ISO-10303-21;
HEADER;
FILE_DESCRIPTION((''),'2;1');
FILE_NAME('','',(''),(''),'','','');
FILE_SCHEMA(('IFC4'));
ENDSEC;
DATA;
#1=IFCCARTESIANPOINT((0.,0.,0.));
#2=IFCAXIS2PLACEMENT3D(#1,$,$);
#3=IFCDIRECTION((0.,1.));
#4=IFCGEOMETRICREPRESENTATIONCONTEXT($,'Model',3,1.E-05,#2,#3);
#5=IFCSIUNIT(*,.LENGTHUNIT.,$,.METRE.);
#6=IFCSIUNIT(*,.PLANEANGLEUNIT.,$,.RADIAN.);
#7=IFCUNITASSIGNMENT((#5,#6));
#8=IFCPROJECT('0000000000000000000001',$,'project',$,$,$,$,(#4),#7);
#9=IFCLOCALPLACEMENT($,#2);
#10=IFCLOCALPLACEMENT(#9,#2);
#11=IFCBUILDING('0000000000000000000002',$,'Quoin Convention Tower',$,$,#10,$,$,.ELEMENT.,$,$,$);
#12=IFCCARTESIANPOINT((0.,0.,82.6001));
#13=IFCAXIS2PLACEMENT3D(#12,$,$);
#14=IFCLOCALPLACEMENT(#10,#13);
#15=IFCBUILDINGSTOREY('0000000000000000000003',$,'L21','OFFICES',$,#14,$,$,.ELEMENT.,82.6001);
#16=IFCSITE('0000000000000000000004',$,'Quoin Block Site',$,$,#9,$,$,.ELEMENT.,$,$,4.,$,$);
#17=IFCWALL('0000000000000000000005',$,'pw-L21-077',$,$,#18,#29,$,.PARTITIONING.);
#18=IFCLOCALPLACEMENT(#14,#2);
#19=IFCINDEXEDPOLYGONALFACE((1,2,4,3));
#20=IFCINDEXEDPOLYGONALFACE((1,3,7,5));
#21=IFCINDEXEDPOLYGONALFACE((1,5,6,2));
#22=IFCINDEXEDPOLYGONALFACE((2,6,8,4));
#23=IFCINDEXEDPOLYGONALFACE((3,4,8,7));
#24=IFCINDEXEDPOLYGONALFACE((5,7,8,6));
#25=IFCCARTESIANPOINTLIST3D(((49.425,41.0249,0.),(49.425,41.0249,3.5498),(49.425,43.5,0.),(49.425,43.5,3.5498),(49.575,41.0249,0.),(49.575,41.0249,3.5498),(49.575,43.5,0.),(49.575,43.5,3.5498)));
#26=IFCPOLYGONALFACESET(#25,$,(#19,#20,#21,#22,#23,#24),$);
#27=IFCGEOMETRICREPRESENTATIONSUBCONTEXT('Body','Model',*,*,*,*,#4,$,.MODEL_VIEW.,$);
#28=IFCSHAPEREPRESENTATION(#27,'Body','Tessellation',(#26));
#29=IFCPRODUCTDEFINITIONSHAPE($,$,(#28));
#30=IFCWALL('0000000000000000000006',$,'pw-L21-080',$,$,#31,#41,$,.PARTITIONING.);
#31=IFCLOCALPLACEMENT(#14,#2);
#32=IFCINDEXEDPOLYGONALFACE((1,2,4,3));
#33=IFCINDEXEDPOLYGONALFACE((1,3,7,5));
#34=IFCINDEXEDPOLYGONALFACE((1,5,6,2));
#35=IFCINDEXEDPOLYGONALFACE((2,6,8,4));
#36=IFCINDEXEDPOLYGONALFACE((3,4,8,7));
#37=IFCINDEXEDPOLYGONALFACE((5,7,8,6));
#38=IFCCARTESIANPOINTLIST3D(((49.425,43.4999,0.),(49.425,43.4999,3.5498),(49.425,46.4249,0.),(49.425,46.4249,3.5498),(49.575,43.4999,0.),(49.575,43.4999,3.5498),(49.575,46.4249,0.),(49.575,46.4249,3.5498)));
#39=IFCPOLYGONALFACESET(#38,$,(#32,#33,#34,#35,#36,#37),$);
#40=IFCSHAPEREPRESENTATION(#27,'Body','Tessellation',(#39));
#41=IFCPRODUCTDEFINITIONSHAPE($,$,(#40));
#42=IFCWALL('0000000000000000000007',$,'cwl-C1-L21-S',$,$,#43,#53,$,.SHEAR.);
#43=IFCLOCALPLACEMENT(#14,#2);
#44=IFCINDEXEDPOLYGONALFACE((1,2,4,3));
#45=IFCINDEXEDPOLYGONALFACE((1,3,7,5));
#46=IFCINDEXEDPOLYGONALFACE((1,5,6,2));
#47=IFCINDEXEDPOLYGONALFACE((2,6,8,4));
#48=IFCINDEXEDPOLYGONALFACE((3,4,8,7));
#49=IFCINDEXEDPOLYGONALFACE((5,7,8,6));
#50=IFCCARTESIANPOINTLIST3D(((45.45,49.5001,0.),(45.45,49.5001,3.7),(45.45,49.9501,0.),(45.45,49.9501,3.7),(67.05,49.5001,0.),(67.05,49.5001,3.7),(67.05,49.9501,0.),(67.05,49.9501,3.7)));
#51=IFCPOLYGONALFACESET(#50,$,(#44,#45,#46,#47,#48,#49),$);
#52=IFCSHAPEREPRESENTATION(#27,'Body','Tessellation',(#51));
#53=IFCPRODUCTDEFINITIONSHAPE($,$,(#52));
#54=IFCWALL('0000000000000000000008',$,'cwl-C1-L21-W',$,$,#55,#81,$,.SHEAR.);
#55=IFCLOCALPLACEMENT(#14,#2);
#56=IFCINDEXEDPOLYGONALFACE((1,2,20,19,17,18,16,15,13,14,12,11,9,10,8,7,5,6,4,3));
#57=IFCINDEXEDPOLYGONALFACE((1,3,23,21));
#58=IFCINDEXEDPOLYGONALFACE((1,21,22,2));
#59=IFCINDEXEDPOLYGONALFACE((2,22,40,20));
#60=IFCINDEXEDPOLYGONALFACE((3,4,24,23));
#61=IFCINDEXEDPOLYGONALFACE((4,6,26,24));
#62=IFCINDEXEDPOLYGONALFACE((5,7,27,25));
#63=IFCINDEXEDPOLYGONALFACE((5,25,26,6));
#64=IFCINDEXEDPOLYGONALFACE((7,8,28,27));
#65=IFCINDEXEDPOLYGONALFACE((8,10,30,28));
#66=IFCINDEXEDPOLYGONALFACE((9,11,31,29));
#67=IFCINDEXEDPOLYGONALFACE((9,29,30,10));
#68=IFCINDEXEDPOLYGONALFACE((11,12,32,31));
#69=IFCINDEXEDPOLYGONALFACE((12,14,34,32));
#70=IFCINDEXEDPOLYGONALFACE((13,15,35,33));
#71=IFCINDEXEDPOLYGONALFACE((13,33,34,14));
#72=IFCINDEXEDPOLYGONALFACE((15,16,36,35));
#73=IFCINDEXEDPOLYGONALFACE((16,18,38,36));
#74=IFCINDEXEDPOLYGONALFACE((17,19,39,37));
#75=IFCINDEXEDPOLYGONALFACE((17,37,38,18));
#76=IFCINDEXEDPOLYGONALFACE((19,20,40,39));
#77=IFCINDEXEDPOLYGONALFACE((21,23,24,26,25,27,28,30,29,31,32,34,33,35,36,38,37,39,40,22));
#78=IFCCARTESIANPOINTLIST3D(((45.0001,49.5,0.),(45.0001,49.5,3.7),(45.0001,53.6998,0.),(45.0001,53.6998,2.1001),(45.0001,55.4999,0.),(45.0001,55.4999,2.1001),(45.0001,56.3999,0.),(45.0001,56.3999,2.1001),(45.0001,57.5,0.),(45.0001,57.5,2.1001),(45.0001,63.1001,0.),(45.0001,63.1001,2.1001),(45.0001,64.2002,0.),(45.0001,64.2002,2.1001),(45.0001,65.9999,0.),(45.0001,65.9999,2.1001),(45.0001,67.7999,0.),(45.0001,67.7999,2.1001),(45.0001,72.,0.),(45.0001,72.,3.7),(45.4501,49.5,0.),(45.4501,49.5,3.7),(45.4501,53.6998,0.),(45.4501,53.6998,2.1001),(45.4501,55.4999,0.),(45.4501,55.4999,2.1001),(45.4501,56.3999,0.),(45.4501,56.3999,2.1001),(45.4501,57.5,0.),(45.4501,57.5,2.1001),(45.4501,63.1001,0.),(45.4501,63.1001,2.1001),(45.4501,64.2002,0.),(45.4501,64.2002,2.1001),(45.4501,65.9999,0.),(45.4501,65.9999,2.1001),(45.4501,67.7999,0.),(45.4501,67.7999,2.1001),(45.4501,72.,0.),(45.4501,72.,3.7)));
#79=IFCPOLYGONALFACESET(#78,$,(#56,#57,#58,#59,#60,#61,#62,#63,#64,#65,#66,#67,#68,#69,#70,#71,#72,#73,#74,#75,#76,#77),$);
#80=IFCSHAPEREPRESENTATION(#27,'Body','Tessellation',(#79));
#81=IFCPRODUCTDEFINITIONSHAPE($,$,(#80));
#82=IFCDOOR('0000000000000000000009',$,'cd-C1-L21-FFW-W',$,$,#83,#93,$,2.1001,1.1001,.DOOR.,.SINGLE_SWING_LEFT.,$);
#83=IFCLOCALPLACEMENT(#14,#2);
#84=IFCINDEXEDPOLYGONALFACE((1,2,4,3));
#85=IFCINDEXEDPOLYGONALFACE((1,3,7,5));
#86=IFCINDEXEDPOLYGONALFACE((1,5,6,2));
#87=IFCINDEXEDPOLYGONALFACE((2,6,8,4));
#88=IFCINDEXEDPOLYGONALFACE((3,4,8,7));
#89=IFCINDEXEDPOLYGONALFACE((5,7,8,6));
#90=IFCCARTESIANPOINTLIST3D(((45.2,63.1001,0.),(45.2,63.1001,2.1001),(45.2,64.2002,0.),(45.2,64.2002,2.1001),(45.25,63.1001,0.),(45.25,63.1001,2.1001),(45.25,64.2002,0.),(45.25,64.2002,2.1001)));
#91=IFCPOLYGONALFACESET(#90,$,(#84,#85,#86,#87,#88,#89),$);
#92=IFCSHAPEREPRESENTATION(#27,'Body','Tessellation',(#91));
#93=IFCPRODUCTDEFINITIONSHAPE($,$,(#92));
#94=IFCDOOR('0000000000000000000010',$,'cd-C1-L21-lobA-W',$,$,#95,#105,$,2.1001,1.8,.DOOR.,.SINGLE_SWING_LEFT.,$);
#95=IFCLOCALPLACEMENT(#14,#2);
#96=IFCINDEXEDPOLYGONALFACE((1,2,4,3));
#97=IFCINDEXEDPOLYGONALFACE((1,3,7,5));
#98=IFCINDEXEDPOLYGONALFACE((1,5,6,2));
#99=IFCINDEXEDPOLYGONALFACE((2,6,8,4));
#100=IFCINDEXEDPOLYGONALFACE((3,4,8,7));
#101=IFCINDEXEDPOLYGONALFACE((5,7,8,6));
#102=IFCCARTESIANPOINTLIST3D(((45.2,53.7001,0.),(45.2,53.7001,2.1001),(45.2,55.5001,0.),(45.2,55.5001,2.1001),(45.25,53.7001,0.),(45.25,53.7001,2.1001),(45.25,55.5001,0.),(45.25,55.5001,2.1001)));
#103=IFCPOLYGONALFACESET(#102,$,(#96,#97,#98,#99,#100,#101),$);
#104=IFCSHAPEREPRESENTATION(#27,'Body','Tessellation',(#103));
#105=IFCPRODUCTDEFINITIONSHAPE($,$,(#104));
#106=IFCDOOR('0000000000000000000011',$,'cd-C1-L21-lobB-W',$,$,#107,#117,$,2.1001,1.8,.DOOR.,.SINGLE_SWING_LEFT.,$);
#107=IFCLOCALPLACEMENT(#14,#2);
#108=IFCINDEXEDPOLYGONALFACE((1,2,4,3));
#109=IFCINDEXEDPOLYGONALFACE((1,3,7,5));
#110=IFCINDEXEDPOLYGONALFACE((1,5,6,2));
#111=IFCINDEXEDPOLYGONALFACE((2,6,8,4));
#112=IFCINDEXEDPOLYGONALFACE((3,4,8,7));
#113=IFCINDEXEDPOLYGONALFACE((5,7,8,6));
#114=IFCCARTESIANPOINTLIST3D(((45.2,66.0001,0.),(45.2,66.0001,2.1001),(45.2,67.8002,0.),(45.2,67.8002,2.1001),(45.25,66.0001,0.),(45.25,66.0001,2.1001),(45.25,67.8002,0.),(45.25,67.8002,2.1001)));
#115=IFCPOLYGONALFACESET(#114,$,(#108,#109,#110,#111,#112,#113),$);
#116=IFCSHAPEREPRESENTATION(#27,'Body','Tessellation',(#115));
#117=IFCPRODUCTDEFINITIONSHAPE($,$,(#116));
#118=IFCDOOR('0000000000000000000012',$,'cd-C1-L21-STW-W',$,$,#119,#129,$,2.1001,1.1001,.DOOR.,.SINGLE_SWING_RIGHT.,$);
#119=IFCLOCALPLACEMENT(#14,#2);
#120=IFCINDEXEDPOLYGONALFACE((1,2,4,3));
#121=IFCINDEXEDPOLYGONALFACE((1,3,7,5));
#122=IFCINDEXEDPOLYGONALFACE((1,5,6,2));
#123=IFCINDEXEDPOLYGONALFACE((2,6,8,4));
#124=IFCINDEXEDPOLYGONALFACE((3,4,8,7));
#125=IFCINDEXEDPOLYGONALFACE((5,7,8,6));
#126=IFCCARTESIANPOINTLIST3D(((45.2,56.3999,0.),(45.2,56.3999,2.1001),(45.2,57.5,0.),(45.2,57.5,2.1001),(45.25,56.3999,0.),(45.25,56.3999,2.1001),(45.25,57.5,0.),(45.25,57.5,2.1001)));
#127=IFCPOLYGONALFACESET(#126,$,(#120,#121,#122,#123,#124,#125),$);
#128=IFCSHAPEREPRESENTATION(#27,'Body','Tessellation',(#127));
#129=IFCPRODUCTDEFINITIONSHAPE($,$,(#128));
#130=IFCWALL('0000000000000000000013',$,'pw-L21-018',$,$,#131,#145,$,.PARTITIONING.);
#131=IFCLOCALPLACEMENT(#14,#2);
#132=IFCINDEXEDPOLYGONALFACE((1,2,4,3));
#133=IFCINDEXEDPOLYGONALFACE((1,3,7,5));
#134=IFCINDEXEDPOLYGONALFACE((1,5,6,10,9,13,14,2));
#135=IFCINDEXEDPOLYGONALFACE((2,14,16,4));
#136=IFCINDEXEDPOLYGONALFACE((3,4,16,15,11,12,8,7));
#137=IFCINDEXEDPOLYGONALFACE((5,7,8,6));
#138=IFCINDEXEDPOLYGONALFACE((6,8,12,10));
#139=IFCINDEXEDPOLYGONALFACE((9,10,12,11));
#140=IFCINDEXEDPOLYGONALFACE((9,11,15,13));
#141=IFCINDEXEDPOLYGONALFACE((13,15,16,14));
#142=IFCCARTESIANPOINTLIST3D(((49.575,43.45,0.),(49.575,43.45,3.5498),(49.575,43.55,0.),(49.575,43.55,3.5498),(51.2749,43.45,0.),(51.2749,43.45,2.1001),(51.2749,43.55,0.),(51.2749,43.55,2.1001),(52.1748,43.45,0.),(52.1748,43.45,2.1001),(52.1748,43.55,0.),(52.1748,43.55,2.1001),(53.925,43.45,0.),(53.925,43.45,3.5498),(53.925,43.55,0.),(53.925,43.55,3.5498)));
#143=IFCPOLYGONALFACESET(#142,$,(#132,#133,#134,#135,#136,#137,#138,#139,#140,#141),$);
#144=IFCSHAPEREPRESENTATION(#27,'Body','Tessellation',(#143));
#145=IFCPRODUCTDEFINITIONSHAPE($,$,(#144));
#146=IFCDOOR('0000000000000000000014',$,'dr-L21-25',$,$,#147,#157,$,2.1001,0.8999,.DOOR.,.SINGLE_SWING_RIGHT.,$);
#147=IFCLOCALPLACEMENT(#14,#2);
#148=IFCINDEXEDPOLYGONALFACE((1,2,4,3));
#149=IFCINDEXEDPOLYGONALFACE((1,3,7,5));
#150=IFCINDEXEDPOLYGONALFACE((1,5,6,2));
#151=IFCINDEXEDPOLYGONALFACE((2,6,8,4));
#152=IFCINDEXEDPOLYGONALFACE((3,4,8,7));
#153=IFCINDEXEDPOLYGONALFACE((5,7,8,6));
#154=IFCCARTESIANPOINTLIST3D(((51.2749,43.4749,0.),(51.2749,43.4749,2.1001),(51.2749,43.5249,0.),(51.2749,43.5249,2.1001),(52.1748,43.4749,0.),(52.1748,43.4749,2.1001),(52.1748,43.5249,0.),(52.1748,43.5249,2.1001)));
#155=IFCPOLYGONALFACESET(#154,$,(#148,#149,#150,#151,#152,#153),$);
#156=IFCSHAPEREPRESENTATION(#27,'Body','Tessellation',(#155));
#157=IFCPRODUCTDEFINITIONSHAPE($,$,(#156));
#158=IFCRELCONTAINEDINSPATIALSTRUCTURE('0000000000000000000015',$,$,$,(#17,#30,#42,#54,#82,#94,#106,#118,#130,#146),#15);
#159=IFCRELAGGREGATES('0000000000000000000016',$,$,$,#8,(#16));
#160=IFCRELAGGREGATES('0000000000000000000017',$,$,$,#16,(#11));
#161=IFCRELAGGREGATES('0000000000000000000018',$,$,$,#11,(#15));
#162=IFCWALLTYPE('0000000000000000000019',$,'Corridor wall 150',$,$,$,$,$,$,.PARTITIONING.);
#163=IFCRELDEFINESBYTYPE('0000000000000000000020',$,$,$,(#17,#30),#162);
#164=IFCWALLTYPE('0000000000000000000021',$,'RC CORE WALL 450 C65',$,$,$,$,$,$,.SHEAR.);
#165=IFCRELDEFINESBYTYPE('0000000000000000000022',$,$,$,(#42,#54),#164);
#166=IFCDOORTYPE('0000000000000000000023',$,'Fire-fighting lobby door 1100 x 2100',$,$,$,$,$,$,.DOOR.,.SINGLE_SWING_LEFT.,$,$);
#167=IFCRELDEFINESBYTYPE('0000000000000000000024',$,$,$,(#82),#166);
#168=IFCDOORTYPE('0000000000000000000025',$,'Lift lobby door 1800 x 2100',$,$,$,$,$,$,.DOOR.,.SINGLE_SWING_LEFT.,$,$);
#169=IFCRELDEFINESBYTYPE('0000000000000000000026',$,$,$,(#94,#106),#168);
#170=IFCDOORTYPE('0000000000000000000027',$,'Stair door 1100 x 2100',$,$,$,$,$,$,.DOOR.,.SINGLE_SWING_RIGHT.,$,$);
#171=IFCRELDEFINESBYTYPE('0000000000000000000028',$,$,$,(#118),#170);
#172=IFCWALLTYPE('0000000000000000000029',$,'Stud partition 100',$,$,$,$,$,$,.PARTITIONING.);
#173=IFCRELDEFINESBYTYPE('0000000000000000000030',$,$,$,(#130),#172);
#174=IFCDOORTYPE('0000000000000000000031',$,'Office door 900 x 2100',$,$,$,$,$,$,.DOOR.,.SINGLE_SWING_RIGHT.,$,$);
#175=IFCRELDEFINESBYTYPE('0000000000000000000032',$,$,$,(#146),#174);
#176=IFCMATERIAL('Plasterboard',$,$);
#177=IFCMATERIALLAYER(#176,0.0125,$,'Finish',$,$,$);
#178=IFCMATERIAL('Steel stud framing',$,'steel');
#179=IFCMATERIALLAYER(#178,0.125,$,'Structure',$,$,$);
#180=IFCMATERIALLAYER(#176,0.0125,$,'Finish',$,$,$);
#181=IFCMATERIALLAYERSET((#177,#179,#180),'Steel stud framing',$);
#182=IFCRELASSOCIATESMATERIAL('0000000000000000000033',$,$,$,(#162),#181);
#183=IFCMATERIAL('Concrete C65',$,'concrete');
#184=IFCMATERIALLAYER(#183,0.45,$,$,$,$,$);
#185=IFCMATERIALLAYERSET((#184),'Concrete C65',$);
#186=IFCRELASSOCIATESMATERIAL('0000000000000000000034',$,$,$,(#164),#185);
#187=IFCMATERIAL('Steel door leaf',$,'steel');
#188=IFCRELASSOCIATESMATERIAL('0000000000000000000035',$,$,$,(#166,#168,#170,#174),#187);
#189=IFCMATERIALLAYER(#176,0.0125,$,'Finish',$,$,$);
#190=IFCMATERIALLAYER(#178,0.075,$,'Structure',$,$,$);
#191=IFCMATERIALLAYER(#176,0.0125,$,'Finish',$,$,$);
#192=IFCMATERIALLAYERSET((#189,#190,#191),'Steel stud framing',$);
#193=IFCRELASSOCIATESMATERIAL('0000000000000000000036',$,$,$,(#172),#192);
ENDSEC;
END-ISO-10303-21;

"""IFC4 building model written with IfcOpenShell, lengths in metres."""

from ifc_helpers import new_model, si_unit, direction, frame, frame_2d, origin, place, context, subcontext, project, spatial, rectangle, extrude, material, layer, layer_set, type_object, element, fill, save


model = new_model("IFC4")

# Units and contexts
model_context = context("Model", 3, precision=1e-05, world=origin(), true_north=direction((0.0, 1.0)))
body_context = subcontext(model_context, "Body", "Model", "MODEL_VIEW")
ifc_project = project(units=[si_unit("LENGTHUNIT", "METRE"), si_unit("PLANEANGLEUNIT", "RADIAN")], contexts=[model_context])

# Site, building, storey
site_placement = place(None, origin())
site = spatial("IfcSite", under=ifc_project, at=site_placement, Name="Quoin Block Site", CompositionType="ELEMENT", RefElevation=4.0)
building_placement = place(site_placement, origin())
building = spatial("IfcBuilding", under=site, at=building_placement, Name="Quoin Convention Tower", CompositionType="ELEMENT")
storey_placement = place(building_placement, frame((0.0, 0.0, 82.6001)))
storey = spatial("IfcBuildingStorey", under=building, at=storey_placement, Name="L21", Description="OFFICES", CompositionType="ELEMENT", Elevation=82.6001)

# Shared definitions
ifc_material_1 = material(Name="Concrete C65", Category="concrete")

# Shared definitions
ifc_material_2 = material(Name="Plasterboard")
ifc_material_3 = material(Name="Steel stud framing", Category="steel")

# Shared definitions
ifc_layer_1 = layer(ifc_material_2, 0.0125, Name="Finish")
ifc_layer_2 = layer(ifc_material_3, 0.125, Name="Structure")
ifc_layer_3 = layer(ifc_material_2, 0.0125, Name="Finish")
ifc_layer_set_1 = layer_set([ifc_layer_1, ifc_layer_2, ifc_layer_3], Name="Steel stud framing")
wall_type_1 = type_object("IfcWallType", Name="Corridor wall 150", PredefinedType="PARTITIONING", material=ifc_layer_set_1)
ifc_material_4 = material(Name="Steel door leaf", Category="steel")

# Walls
wall_1_placement = place(storey_placement, frame((49.5, 41.0249, 0.0), z_axis=(0.0, 0.0, 1.0), x_axis=(0.0, 1.0, 0.0)))
element("IfcWall", 1, at=wall_1_placement, inside=storey, type_object=wall_type_1, Name="pw-L21-077", PredefinedType="PARTITIONING", context=body_context, shape_type="SweptSolid", body=[
    extrude(rectangle(XDim=2.4751, YDim=0.1499, at=frame_2d((1.2375, 0.0))), origin(), (0.0, 0.0, 1.0), 3.5498),
])
wall_2_placement = place(storey_placement, frame((49.5, 43.5, 0.0), z_axis=(0.0, 0.0, 1.0), x_axis=(0.0, 1.0, 0.0)))
element("IfcWall", 2, at=wall_2_placement, inside=storey, type_object=wall_type_1, Name="pw-L21-080", PredefinedType="PARTITIONING", context=body_context, shape_type="SweptSolid", body=[
    extrude(rectangle(XDim=2.925, YDim=0.1499, at=frame_2d((1.4624, 0.0))), origin(), (0.0, 0.0, 1.0), 3.5498),
])
ifc_layer_4 = layer(ifc_material_1, 0.45)
ifc_layer_set_2 = layer_set([ifc_layer_4], Name="Concrete C65")
wall_type_2 = type_object("IfcWallType", Name="RC CORE WALL 450 C65", PredefinedType="SHEAR", material=ifc_layer_set_2)
wall_3_placement = place(storey_placement, frame((45.45, 49.7251, 0.0), z_axis=(0.0, 0.0, 1.0), x_axis=(1.0, 0.0, 0.0)))
element("IfcWall", 3, at=wall_3_placement, inside=storey, type_object=wall_type_2, Name="cwl-C1-L21-S", PredefinedType="SHEAR", context=body_context, shape_type="SweptSolid", body=[
    extrude(rectangle(XDim=21.6001, YDim=0.45, at=frame_2d((10.8, 0.0))), origin(), (0.0, 0.0, 1.0), 3.7),
])

# Wall, openings, doors
wall_4_placement = place(storey_placement, frame((45.2251, 49.5, 0.0), z_axis=(0.0, 0.0, 1.0), x_axis=(0.0, 1.0, 0.0)))
wall_4 = element("IfcWall", 4, at=wall_4_placement, inside=storey, type_object=wall_type_2, Name="cwl-C1-L21-W", PredefinedType="SHEAR", context=body_context, shape_type="SweptSolid", body=[
    extrude(rectangle(XDim=22.5, YDim=0.45, at=frame_2d((11.25, 0.0))), origin(), (0.0, 0.0, 1.0), 3.7),
])
opening_1_placement = place(wall_4_placement, frame((4.2, 0.0, 0.0)))
opening_1 = element("IfcOpeningElement", 5, at=opening_1_placement, cuts=wall_4, PredefinedType="OPENING", context=body_context, shape_type="SweptSolid", body=[
    extrude(rectangle(XDim=1.8, YDim=2.1001, at=frame_2d((0.8999, 1.05))), frame((0.0, 0.2349, 0.0), z_axis=(0.0, -1.0, 0.0), x_axis=(1.0, 0.0, 0.0)), (0.0, 0.0, 1.0), 0.47),
])
opening_2_placement = place(wall_4_placement, frame((6.8999, 0.0, 0.0)))
opening_2 = element("IfcOpeningElement", 6, at=opening_2_placement, cuts=wall_4, PredefinedType="OPENING", context=body_context, shape_type="SweptSolid", body=[
    extrude(rectangle(XDim=1.1001, YDim=2.1001, at=frame_2d((0.55, 1.05))), frame((0.0, 0.2349, 0.0), z_axis=(0.0, -1.0, 0.0), x_axis=(1.0, 0.0, 0.0)), (0.0, 0.0, 1.0), 0.47),
])
opening_3_placement = place(wall_4_placement, frame((13.6001, 0.0, 0.0)))
opening_3 = element("IfcOpeningElement", 7, at=opening_3_placement, cuts=wall_4, PredefinedType="OPENING", context=body_context, shape_type="SweptSolid", body=[
    extrude(rectangle(XDim=1.1001, YDim=2.1001, at=frame_2d((0.55, 1.05))), frame((0.0, 0.2349, 0.0), z_axis=(0.0, -1.0, 0.0), x_axis=(1.0, 0.0, 0.0)), (0.0, 0.0, 1.0), 0.47),
])
opening_4_placement = place(wall_4_placement, frame((16.5, 0.0, 0.0)))
opening_4 = element("IfcOpeningElement", 8, at=opening_4_placement, cuts=wall_4, PredefinedType="OPENING", context=body_context, shape_type="SweptSolid", body=[
    extrude(rectangle(XDim=1.8, YDim=2.1001, at=frame_2d((0.8999, 1.05))), frame((0.0, 0.2349, 0.0), z_axis=(0.0, -1.0, 0.0), x_axis=(1.0, 0.0, 0.0)), (0.0, 0.0, 1.0), 0.47),
])
door_type_1 = type_object("IfcDoorType", Name="Fire-fighting lobby door 1100 x 2100", OperationType="SINGLE_SWING_LEFT", PredefinedType="DOOR", material=ifc_material_4)
door_1_placement = place(opening_3_placement, frame((1.1001, 0.0, 0.0), z_axis=(0.0, 0.0, 1.0), x_axis=(-1.0, 0.0, 0.0)))
door_1 = element("IfcDoor", 9, at=door_1_placement, inside=storey, type_object=door_type_1, Name="cd-C1-L21-FFW-W", OperationType="SINGLE_SWING_LEFT", OverallHeight=2.1001, OverallWidth=1.1001, PredefinedType="DOOR", context=body_context, shape_type="SweptSolid", body=[
    extrude(rectangle(XDim=1.1001, YDim=2.1001, at=frame_2d((0.55, 1.05))), frame((0.0, 0.0249, 0.0), z_axis=(0.0, -1.0, 0.0), x_axis=(1.0, 0.0, 0.0)), (0.0, 0.0, 1.0), 0.05),
])
fill(opening_3, door_1)
door_type_2 = type_object("IfcDoorType", Name="Lift lobby door 1800 x 2100", OperationType="SINGLE_SWING_LEFT", PredefinedType="DOOR", material=ifc_material_4)
door_2_placement = place(opening_1_placement, frame((1.8, 0.0, 0.0), z_axis=(0.0, 0.0, 1.0), x_axis=(-1.0, 0.0, 0.0)))
door_2 = element("IfcDoor", 10, at=door_2_placement, inside=storey, type_object=door_type_2, Name="cd-C1-L21-lobA-W", OperationType="SINGLE_SWING_LEFT", OverallHeight=2.1001, OverallWidth=1.8, PredefinedType="DOOR", context=body_context, shape_type="SweptSolid", body=[
    extrude(rectangle(XDim=1.8, YDim=2.1001, at=frame_2d((0.8999, 1.05))), frame((0.0, 0.0249, 0.0), z_axis=(0.0, -1.0, 0.0), x_axis=(1.0, 0.0, 0.0)), (0.0, 0.0, 1.0), 0.05),
])
fill(opening_1, door_2)
door_3_placement = place(opening_4_placement, frame((1.8, 0.0, 0.0), z_axis=(0.0, 0.0, 1.0), x_axis=(-1.0, 0.0, 0.0)))
door_3 = element("IfcDoor", 11, at=door_3_placement, inside=storey, type_object=door_type_2, Name="cd-C1-L21-lobB-W", OperationType="SINGLE_SWING_LEFT", OverallHeight=2.1001, OverallWidth=1.8, PredefinedType="DOOR", context=body_context, shape_type="SweptSolid", body=[
    extrude(rectangle(XDim=1.8, YDim=2.1001, at=frame_2d((0.8999, 1.05))), frame((0.0, 0.0249, 0.0), z_axis=(0.0, -1.0, 0.0), x_axis=(1.0, 0.0, 0.0)), (0.0, 0.0, 1.0), 0.05),
])
fill(opening_4, door_3)
door_type_3 = type_object("IfcDoorType", Name="Stair door 1100 x 2100", OperationType="SINGLE_SWING_RIGHT", PredefinedType="DOOR", material=ifc_material_4)
door_4_placement = place(opening_2_placement, frame((1.1001, 0.0, 0.0), z_axis=(0.0, 0.0, 1.0), x_axis=(-1.0, 0.0, 0.0)))
door_4 = element("IfcDoor", 12, at=door_4_placement, inside=storey, type_object=door_type_3, Name="cd-C1-L21-STW-W", OperationType="SINGLE_SWING_RIGHT", OverallHeight=2.1001, OverallWidth=1.1001, PredefinedType="DOOR", context=body_context, shape_type="SweptSolid", body=[
    extrude(rectangle(XDim=1.1001, YDim=2.1001, at=frame_2d((0.55, 1.05))), frame((0.0, 0.0249, 0.0), z_axis=(0.0, -1.0, 0.0), x_axis=(1.0, 0.0, 0.0)), (0.0, 0.0, 1.0), 0.05),
])
fill(opening_2, door_4)

# Wall, opening, door
ifc_layer_5 = layer(ifc_material_2, 0.0125, Name="Finish")
ifc_layer_6 = layer(ifc_material_3, 0.075, Name="Structure")
ifc_layer_7 = layer(ifc_material_2, 0.0125, Name="Finish")
ifc_layer_set_3 = layer_set([ifc_layer_5, ifc_layer_6, ifc_layer_7], Name="Steel stud framing")
wall_type_3 = type_object("IfcWallType", Name="Stud partition 100", PredefinedType="PARTITIONING", material=ifc_layer_set_3)
wall_5_placement = place(storey_placement, frame((49.575, 43.5, 0.0), z_axis=(0.0, 0.0, 1.0), x_axis=(1.0, 0.0, 0.0)))
wall_5 = element("IfcWall", 13, at=wall_5_placement, inside=storey, type_object=wall_type_3, Name="pw-L21-018", PredefinedType="PARTITIONING", context=body_context, shape_type="SweptSolid", body=[
    extrude(rectangle(XDim=4.3501, YDim=0.1001, at=frame_2d((2.175, 0.0))), origin(), (0.0, 0.0, 1.0), 3.5498),
])
opening_5_placement = place(wall_5_placement, frame((1.7, 0.0, 0.0)))
opening_5 = element("IfcOpeningElement", 14, at=opening_5_placement, cuts=wall_5, PredefinedType="OPENING", context=body_context, shape_type="SweptSolid", body=[
    extrude(rectangle(XDim=0.8999, YDim=2.1001, at=frame_2d((0.45, 1.05))), frame((0.0, 0.0601, 0.0), z_axis=(0.0, -1.0, 0.0), x_axis=(1.0, 0.0, 0.0)), (0.0, 0.0, 1.0), 0.1201),
])
door_type_4 = type_object("IfcDoorType", Name="Office door 900 x 2100", OperationType="SINGLE_SWING_RIGHT", PredefinedType="DOOR", material=ifc_material_4)
door_5_placement = place(opening_5_placement, origin())
door_5 = element("IfcDoor", 15, at=door_5_placement, inside=storey, type_object=door_type_4, Name="dr-L21-25", OperationType="SINGLE_SWING_RIGHT", OverallHeight=2.1001, OverallWidth=0.8999, PredefinedType="DOOR", context=body_context, shape_type="SweptSolid", body=[
    extrude(rectangle(XDim=0.8999, YDim=2.1001, at=frame_2d((0.45, 1.05))), frame((0.0, 0.0249, 0.0), z_axis=(0.0, -1.0, 0.0), x_axis=(1.0, 0.0, 0.0)), (0.0, 0.0, 1.0), 0.05),
])
fill(opening_5, door_5)

save(model, "model.ifc")
